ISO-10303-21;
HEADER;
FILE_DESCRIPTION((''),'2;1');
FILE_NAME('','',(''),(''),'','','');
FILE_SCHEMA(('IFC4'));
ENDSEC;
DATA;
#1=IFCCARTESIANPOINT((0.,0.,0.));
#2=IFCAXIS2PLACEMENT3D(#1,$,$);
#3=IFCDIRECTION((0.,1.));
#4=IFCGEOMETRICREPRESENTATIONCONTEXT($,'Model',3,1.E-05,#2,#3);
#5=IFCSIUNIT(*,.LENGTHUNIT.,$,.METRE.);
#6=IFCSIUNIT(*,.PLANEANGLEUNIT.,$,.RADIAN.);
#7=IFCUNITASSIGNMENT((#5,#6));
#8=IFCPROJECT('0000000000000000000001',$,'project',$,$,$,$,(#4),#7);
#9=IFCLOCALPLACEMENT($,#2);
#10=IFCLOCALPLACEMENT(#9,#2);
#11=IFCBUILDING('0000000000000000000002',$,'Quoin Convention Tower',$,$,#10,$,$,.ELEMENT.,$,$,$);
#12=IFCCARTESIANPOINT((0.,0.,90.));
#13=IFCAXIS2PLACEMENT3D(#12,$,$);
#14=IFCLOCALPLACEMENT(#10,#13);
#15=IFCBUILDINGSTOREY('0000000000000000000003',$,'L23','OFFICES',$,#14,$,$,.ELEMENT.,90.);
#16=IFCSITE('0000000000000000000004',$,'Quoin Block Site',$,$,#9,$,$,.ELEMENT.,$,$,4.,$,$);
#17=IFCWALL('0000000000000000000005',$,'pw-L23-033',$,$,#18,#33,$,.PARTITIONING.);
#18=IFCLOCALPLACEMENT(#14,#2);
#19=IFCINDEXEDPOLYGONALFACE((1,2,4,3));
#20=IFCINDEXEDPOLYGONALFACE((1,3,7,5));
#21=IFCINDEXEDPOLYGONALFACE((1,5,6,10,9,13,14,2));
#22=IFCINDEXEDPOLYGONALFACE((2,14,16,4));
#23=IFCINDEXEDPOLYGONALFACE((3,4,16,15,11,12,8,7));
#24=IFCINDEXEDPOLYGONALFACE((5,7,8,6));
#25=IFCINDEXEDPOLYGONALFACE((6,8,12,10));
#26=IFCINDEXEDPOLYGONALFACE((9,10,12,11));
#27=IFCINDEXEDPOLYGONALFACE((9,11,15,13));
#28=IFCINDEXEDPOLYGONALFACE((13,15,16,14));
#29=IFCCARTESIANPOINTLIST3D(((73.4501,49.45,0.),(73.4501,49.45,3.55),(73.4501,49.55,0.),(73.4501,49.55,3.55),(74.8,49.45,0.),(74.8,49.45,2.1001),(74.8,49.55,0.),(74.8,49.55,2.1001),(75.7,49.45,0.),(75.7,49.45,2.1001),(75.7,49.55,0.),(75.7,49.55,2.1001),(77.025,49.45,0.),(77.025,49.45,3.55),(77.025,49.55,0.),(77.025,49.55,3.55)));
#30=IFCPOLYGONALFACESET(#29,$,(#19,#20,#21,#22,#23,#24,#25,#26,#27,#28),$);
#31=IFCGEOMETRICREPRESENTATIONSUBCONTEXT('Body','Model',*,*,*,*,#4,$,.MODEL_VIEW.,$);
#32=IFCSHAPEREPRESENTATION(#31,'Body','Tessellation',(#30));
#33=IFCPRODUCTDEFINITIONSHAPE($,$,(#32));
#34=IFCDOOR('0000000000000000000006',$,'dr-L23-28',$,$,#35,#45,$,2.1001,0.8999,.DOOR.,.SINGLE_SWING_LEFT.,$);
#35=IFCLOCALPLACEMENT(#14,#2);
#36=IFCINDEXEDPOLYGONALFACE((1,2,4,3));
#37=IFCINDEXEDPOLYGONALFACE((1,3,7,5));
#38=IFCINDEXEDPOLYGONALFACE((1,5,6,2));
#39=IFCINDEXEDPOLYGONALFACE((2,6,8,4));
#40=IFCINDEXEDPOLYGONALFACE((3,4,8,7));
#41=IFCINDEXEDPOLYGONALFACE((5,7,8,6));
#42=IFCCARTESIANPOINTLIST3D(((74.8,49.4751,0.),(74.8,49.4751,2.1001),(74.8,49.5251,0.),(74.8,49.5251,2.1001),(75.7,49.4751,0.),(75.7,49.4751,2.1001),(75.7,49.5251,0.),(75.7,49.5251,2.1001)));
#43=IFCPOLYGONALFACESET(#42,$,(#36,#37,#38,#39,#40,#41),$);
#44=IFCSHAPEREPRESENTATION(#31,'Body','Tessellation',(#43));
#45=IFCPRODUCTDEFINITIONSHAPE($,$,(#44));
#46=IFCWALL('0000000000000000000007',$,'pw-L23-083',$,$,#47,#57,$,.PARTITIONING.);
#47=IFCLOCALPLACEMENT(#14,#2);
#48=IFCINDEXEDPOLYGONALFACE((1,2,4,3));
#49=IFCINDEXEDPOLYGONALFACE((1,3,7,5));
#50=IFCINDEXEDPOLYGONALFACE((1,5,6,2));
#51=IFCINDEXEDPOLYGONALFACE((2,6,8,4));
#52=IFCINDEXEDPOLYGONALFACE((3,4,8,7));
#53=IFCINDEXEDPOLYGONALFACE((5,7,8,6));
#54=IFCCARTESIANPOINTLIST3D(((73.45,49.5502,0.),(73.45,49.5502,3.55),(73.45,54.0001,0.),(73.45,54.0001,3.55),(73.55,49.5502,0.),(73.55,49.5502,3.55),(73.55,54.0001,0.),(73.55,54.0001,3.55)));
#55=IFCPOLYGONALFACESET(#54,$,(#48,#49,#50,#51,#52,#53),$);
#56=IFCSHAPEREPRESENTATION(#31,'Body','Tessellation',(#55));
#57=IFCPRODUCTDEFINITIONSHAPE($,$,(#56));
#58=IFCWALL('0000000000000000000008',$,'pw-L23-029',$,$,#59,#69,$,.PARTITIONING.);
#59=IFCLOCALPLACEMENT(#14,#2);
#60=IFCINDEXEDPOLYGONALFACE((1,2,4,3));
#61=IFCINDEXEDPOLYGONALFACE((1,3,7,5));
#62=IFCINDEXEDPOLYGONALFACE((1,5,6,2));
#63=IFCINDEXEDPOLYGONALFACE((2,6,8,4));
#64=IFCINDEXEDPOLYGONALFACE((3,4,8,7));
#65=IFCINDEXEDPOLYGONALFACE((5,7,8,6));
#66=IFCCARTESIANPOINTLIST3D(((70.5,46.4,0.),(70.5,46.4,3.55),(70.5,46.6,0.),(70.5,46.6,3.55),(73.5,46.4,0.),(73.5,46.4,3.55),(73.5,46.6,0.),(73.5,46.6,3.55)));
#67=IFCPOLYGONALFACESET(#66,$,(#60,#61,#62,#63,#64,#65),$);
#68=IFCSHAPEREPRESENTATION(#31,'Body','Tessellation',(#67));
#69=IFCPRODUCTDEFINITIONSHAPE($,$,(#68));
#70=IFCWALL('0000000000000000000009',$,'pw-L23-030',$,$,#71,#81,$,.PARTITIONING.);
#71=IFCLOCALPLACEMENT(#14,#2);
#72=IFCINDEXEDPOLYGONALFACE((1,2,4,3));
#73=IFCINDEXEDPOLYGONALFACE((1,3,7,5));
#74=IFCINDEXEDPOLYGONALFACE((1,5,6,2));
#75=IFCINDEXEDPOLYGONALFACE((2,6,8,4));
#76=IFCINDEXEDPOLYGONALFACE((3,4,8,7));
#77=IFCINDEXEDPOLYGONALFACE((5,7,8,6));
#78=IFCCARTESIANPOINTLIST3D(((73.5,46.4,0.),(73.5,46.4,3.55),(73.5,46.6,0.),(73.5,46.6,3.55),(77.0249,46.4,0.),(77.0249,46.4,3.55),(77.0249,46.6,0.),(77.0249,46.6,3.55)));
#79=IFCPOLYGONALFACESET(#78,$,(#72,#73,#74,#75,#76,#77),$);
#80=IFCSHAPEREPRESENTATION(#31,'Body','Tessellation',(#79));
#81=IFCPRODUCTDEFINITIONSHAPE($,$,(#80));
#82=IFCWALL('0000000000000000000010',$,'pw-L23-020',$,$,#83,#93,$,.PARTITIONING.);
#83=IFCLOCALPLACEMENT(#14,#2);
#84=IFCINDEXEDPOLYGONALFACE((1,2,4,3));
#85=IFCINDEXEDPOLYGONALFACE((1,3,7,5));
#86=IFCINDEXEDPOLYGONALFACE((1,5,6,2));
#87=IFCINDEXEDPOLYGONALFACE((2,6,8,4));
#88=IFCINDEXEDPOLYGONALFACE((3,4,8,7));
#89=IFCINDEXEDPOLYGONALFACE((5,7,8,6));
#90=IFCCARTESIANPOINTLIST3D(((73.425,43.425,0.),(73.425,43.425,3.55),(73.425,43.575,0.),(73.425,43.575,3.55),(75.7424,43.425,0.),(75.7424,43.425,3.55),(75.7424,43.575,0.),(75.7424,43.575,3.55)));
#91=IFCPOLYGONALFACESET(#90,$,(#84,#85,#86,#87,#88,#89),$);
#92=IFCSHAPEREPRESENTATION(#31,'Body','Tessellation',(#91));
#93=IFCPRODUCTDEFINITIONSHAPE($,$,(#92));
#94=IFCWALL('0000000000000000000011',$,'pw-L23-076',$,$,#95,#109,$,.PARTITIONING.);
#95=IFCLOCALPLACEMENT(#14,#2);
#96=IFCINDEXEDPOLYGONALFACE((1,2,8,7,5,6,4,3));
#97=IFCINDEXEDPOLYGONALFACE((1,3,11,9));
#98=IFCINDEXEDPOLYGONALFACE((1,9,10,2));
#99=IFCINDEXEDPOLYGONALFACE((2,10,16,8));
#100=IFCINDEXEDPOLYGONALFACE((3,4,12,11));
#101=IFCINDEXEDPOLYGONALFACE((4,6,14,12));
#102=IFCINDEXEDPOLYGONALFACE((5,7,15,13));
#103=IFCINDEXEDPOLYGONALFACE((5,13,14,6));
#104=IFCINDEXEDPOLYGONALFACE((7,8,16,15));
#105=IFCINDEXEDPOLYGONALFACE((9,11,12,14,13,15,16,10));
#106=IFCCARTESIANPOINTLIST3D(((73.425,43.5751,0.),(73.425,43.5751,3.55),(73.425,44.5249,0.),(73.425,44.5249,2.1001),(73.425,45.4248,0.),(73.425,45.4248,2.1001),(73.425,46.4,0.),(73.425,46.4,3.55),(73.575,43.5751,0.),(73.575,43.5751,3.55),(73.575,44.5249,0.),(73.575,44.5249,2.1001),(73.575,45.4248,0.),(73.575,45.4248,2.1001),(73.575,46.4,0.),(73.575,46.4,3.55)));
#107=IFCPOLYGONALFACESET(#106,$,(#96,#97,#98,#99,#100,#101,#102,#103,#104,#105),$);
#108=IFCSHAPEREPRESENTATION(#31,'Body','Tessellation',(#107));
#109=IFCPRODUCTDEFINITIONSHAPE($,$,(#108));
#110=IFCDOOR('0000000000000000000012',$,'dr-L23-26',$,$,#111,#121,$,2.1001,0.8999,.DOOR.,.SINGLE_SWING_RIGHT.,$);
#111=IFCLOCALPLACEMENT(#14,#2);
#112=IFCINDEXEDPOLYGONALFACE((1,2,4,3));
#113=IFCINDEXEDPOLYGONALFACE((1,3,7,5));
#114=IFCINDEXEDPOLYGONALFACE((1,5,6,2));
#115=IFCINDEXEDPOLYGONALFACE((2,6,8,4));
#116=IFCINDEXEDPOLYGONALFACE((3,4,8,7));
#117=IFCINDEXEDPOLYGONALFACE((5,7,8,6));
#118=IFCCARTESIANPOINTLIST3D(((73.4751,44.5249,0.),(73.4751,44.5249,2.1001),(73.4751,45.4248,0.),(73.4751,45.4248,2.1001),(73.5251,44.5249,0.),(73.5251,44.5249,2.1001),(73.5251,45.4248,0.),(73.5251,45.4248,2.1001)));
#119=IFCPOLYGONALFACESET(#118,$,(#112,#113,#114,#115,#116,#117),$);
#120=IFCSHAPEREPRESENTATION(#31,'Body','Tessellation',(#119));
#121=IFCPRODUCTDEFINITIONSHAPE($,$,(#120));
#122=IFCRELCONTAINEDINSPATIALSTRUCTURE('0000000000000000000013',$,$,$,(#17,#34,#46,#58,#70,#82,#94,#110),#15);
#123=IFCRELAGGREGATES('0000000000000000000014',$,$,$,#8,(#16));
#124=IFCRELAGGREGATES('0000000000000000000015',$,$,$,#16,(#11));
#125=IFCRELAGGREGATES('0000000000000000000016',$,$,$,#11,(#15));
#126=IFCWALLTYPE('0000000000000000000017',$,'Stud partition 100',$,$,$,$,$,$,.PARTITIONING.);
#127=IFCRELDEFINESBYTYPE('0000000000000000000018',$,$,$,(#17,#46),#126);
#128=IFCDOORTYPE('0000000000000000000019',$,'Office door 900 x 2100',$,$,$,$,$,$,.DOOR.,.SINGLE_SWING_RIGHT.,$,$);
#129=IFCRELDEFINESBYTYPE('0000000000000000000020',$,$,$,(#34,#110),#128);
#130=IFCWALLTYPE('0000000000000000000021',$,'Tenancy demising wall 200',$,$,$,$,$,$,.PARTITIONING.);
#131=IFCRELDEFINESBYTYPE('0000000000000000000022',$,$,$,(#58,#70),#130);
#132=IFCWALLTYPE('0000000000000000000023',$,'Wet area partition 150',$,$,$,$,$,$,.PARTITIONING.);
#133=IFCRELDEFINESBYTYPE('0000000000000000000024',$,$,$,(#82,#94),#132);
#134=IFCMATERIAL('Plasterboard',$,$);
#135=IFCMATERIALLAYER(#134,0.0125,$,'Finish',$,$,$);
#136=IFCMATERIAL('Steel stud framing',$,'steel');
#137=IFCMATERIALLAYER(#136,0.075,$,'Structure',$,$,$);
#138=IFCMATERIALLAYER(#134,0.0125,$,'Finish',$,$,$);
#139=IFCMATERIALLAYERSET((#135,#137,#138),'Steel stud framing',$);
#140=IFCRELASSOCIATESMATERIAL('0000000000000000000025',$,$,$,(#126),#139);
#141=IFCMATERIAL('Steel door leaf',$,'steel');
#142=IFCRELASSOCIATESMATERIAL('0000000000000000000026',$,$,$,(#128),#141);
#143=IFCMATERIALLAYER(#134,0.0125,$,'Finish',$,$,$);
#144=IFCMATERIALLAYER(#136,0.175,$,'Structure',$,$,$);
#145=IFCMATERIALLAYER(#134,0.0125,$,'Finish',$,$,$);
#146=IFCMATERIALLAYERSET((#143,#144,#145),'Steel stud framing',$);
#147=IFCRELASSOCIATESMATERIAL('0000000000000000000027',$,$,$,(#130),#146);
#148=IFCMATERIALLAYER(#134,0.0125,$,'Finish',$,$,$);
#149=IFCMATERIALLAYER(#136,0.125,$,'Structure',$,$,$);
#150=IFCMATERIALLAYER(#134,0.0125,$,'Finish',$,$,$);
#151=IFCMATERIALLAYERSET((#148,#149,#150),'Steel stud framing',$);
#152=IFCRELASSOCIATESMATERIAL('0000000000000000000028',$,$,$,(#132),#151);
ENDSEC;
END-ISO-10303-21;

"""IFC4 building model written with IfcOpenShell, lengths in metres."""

from ifc_helpers import new_model, si_unit, direction, frame, frame_2d, origin, place, context, subcontext, project, spatial, rectangle, extrude, material, layer, layer_set, type_object, element, fill, save


model = new_model("IFC4")

# Units and contexts
model_context = context("Model", 3, precision=1e-05, world=origin(), true_north=direction((0.0, 1.0)))
body_context = subcontext(model_context, "Body", "Model", "MODEL_VIEW")
ifc_project = project(units=[si_unit("LENGTHUNIT", "METRE"), si_unit("PLANEANGLEUNIT", "RADIAN")], contexts=[model_context])

# Site, building, storey
site_placement = place(None, origin())
site = spatial("IfcSite", under=ifc_project, at=site_placement, Name="Quoin Block Site", CompositionType="ELEMENT", RefElevation=4.0)
building_placement = place(site_placement, origin())
building = spatial("IfcBuilding", under=site, at=building_placement, Name="Quoin Convention Tower", CompositionType="ELEMENT")
storey_placement = place(building_placement, frame((0.0, 0.0, 90.0)))
storey = spatial("IfcBuildingStorey", under=building, at=storey_placement, Name="L23", Description="OFFICES", CompositionType="ELEMENT", Elevation=90.0)

# Wall, opening, door
ifc_material_1 = material(Name="Plasterboard")
ifc_material_2 = material(Name="Steel stud framing", Category="steel")
ifc_material_3 = material(Name="Steel door leaf", Category="steel")
ifc_layer_1 = layer(ifc_material_1, 0.0125, Name="Finish")
ifc_layer_2 = layer(ifc_material_2, 0.075, Name="Structure")
ifc_layer_3 = layer(ifc_material_1, 0.0125, Name="Finish")
ifc_layer_set_1 = layer_set([ifc_layer_1, ifc_layer_2, ifc_layer_3], Name="Steel stud framing")
wall_type_1 = type_object("IfcWallType", Name="Stud partition 100", PredefinedType="PARTITIONING", material=ifc_layer_set_1)
wall_1_placement = place(storey_placement, frame((73.45, 49.5, 0.0), z_axis=(0.0, 0.0, 1.0), x_axis=(1.0, 0.0, 0.0)))
wall_1 = element("IfcWall", 1, at=wall_1_placement, inside=storey, type_object=wall_type_1, Name="pw-L23-033", PredefinedType="PARTITIONING", context=body_context, shape_type="SweptSolid", body=[
    extrude(rectangle(XDim=3.575, YDim=0.1001, at=frame_2d((1.7876, 0.0))), origin(), (0.0, 0.0, 1.0), 3.55),
])
opening_1_placement = place(wall_1_placement, frame((1.3501, 0.0, 0.0)))
opening_1 = element("IfcOpeningElement", 2, at=opening_1_placement, cuts=wall_1, PredefinedType="OPENING", context=body_context, shape_type="SweptSolid", body=[
    extrude(rectangle(XDim=0.8999, YDim=2.1001, at=frame_2d((0.45, 1.05))), frame((0.0, 0.0601, 0.0), z_axis=(0.0, -1.0, 0.0), x_axis=(1.0, 0.0, 0.0)), (0.0, 0.0, 1.0), 0.1201),
])
door_type_1 = type_object("IfcDoorType", Name="Office door 900 x 2100", OperationType="SINGLE_SWING_RIGHT", PredefinedType="DOOR", material=ifc_material_3)
door_1_placement = place(opening_1_placement, frame((0.8999, 0.0, 0.0), z_axis=(0.0, 0.0, 1.0), x_axis=(-1.0, 0.0, 0.0)))
door_1 = element("IfcDoor", 3, at=door_1_placement, inside=storey, type_object=door_type_1, Name="dr-L23-28", OperationType="SINGLE_SWING_LEFT", OverallHeight=2.1001, OverallWidth=0.8999, PredefinedType="DOOR", context=body_context, shape_type="SweptSolid", body=[
    extrude(rectangle(XDim=0.8999, YDim=2.1001, at=frame_2d((0.45, 1.05))), frame((0.0, 0.0249, 0.0), z_axis=(0.0, -1.0, 0.0), x_axis=(1.0, 0.0, 0.0)), (0.0, 0.0, 1.0), 0.05),
])
fill(opening_1, door_1)

# Walls
wall_2_placement = place(storey_placement, frame((73.5, 49.55, 0.0), z_axis=(0.0, 0.0, 1.0), x_axis=(0.0, 1.0, 0.0)))
element("IfcWall", 4, at=wall_2_placement, inside=storey, type_object=wall_type_1, Name="pw-L23-083", PredefinedType="PARTITIONING", context=body_context, shape_type="SweptSolid", body=[
    extrude(rectangle(XDim=4.45, YDim=0.1001, at=frame_2d((2.2251, 0.0))), origin(), (0.0, 0.0, 1.0), 3.55),
])
ifc_layer_4 = layer(ifc_material_1, 0.0125, Name="Finish")
ifc_layer_5 = layer(ifc_material_2, 0.175, Name="Structure")
ifc_layer_6 = layer(ifc_material_1, 0.0125, Name="Finish")
ifc_layer_set_2 = layer_set([ifc_layer_4, ifc_layer_5, ifc_layer_6], Name="Steel stud framing")
wall_type_2 = type_object("IfcWallType", Name="Tenancy demising wall 200", PredefinedType="PARTITIONING", material=ifc_layer_set_2)
wall_3_placement = place(storey_placement, frame((70.5, 46.5, 0.0), z_axis=(0.0, 0.0, 1.0), x_axis=(1.0, 0.0, 0.0)))
element("IfcWall", 5, at=wall_3_placement, inside=storey, type_object=wall_type_2, Name="pw-L23-029", PredefinedType="PARTITIONING", context=body_context, shape_type="SweptSolid", body=[
    extrude(rectangle(XDim=3.0, YDim=0.2, at=frame_2d((1.5, 0.0))), origin(), (0.0, 0.0, 1.0), 3.55),
])
wall_4_placement = place(storey_placement, frame((73.5, 46.5, 0.0), z_axis=(0.0, 0.0, 1.0), x_axis=(1.0, 0.0, 0.0)))
element("IfcWall", 6, at=wall_4_placement, inside=storey, type_object=wall_type_2, Name="pw-L23-030", PredefinedType="PARTITIONING", context=body_context, shape_type="SweptSolid", body=[
    extrude(rectangle(XDim=3.5249, YDim=0.2, at=frame_2d((1.7625, 0.0))), origin(), (0.0, 0.0, 1.0), 3.55),
])
ifc_layer_7 = layer(ifc_material_1, 0.0125, Name="Finish")
ifc_layer_8 = layer(ifc_material_2, 0.125, Name="Structure")
ifc_layer_9 = layer(ifc_material_1, 0.0125, Name="Finish")
ifc_layer_set_3 = layer_set([ifc_layer_7, ifc_layer_8, ifc_layer_9], Name="Steel stud framing")
wall_type_3 = type_object("IfcWallType", Name="Wet area partition 150", PredefinedType="PARTITIONING", material=ifc_layer_set_3)
wall_5_placement = place(storey_placement, frame((73.425, 43.5, 0.0), z_axis=(0.0, 0.0, 1.0), x_axis=(1.0, 0.0, 0.0)))
element("IfcWall", 7, at=wall_5_placement, inside=storey, type_object=wall_type_3, Name="pw-L23-020", PredefinedType="PARTITIONING", context=body_context, shape_type="SweptSolid", body=[
    extrude(rectangle(XDim=2.3174, YDim=0.1499, at=frame_2d((1.1587, 0.0))), origin(), (0.0, 0.0, 1.0), 3.55),
])

# Wall, opening, door
wall_6_placement = place(storey_placement, frame((73.5, 43.575, 0.0), z_axis=(0.0, 0.0, 1.0), x_axis=(0.0, 1.0, 0.0)))
wall_6 = element("IfcWall", 8, at=wall_6_placement, inside=storey, type_object=wall_type_3, Name="pw-L23-076", PredefinedType="PARTITIONING", context=body_context, shape_type="SweptSolid", body=[
    extrude(rectangle(XDim=2.825, YDim=0.1499, at=frame_2d((1.4126, 0.0))), origin(), (0.0, 0.0, 1.0), 3.55),
])
opening_2_placement = place(wall_6_placement, frame((0.95, 0.0, 0.0)))
opening_2 = element("IfcOpeningElement", 9, at=opening_2_placement, cuts=wall_6, PredefinedType="OPENING", context=body_context, shape_type="SweptSolid", body=[
    extrude(rectangle(XDim=0.8999, YDim=2.1001, at=frame_2d((0.45, 1.05))), frame((0.0, 0.085, 0.0), z_axis=(0.0, -1.0, 0.0), x_axis=(1.0, 0.0, 0.0)), (0.0, 0.0, 1.0), 0.1699),
])
door_2_placement = place(opening_2_placement, origin())
door_2 = element("IfcDoor", 10, at=door_2_placement, inside=storey, type_object=door_type_1, Name="dr-L23-26", OperationType="SINGLE_SWING_RIGHT", OverallHeight=2.1001, OverallWidth=0.8999, PredefinedType="DOOR", context=body_context, shape_type="SweptSolid", body=[
    extrude(rectangle(XDim=0.8999, YDim=2.1001, at=frame_2d((0.45, 1.05))), frame((0.0, 0.0249, 0.0), z_axis=(0.0, -1.0, 0.0), x_axis=(1.0, 0.0, 0.0)), (0.0, 0.0, 1.0), 0.05),
])
fill(opening_2, door_2)

save(model, "model.ifc")
